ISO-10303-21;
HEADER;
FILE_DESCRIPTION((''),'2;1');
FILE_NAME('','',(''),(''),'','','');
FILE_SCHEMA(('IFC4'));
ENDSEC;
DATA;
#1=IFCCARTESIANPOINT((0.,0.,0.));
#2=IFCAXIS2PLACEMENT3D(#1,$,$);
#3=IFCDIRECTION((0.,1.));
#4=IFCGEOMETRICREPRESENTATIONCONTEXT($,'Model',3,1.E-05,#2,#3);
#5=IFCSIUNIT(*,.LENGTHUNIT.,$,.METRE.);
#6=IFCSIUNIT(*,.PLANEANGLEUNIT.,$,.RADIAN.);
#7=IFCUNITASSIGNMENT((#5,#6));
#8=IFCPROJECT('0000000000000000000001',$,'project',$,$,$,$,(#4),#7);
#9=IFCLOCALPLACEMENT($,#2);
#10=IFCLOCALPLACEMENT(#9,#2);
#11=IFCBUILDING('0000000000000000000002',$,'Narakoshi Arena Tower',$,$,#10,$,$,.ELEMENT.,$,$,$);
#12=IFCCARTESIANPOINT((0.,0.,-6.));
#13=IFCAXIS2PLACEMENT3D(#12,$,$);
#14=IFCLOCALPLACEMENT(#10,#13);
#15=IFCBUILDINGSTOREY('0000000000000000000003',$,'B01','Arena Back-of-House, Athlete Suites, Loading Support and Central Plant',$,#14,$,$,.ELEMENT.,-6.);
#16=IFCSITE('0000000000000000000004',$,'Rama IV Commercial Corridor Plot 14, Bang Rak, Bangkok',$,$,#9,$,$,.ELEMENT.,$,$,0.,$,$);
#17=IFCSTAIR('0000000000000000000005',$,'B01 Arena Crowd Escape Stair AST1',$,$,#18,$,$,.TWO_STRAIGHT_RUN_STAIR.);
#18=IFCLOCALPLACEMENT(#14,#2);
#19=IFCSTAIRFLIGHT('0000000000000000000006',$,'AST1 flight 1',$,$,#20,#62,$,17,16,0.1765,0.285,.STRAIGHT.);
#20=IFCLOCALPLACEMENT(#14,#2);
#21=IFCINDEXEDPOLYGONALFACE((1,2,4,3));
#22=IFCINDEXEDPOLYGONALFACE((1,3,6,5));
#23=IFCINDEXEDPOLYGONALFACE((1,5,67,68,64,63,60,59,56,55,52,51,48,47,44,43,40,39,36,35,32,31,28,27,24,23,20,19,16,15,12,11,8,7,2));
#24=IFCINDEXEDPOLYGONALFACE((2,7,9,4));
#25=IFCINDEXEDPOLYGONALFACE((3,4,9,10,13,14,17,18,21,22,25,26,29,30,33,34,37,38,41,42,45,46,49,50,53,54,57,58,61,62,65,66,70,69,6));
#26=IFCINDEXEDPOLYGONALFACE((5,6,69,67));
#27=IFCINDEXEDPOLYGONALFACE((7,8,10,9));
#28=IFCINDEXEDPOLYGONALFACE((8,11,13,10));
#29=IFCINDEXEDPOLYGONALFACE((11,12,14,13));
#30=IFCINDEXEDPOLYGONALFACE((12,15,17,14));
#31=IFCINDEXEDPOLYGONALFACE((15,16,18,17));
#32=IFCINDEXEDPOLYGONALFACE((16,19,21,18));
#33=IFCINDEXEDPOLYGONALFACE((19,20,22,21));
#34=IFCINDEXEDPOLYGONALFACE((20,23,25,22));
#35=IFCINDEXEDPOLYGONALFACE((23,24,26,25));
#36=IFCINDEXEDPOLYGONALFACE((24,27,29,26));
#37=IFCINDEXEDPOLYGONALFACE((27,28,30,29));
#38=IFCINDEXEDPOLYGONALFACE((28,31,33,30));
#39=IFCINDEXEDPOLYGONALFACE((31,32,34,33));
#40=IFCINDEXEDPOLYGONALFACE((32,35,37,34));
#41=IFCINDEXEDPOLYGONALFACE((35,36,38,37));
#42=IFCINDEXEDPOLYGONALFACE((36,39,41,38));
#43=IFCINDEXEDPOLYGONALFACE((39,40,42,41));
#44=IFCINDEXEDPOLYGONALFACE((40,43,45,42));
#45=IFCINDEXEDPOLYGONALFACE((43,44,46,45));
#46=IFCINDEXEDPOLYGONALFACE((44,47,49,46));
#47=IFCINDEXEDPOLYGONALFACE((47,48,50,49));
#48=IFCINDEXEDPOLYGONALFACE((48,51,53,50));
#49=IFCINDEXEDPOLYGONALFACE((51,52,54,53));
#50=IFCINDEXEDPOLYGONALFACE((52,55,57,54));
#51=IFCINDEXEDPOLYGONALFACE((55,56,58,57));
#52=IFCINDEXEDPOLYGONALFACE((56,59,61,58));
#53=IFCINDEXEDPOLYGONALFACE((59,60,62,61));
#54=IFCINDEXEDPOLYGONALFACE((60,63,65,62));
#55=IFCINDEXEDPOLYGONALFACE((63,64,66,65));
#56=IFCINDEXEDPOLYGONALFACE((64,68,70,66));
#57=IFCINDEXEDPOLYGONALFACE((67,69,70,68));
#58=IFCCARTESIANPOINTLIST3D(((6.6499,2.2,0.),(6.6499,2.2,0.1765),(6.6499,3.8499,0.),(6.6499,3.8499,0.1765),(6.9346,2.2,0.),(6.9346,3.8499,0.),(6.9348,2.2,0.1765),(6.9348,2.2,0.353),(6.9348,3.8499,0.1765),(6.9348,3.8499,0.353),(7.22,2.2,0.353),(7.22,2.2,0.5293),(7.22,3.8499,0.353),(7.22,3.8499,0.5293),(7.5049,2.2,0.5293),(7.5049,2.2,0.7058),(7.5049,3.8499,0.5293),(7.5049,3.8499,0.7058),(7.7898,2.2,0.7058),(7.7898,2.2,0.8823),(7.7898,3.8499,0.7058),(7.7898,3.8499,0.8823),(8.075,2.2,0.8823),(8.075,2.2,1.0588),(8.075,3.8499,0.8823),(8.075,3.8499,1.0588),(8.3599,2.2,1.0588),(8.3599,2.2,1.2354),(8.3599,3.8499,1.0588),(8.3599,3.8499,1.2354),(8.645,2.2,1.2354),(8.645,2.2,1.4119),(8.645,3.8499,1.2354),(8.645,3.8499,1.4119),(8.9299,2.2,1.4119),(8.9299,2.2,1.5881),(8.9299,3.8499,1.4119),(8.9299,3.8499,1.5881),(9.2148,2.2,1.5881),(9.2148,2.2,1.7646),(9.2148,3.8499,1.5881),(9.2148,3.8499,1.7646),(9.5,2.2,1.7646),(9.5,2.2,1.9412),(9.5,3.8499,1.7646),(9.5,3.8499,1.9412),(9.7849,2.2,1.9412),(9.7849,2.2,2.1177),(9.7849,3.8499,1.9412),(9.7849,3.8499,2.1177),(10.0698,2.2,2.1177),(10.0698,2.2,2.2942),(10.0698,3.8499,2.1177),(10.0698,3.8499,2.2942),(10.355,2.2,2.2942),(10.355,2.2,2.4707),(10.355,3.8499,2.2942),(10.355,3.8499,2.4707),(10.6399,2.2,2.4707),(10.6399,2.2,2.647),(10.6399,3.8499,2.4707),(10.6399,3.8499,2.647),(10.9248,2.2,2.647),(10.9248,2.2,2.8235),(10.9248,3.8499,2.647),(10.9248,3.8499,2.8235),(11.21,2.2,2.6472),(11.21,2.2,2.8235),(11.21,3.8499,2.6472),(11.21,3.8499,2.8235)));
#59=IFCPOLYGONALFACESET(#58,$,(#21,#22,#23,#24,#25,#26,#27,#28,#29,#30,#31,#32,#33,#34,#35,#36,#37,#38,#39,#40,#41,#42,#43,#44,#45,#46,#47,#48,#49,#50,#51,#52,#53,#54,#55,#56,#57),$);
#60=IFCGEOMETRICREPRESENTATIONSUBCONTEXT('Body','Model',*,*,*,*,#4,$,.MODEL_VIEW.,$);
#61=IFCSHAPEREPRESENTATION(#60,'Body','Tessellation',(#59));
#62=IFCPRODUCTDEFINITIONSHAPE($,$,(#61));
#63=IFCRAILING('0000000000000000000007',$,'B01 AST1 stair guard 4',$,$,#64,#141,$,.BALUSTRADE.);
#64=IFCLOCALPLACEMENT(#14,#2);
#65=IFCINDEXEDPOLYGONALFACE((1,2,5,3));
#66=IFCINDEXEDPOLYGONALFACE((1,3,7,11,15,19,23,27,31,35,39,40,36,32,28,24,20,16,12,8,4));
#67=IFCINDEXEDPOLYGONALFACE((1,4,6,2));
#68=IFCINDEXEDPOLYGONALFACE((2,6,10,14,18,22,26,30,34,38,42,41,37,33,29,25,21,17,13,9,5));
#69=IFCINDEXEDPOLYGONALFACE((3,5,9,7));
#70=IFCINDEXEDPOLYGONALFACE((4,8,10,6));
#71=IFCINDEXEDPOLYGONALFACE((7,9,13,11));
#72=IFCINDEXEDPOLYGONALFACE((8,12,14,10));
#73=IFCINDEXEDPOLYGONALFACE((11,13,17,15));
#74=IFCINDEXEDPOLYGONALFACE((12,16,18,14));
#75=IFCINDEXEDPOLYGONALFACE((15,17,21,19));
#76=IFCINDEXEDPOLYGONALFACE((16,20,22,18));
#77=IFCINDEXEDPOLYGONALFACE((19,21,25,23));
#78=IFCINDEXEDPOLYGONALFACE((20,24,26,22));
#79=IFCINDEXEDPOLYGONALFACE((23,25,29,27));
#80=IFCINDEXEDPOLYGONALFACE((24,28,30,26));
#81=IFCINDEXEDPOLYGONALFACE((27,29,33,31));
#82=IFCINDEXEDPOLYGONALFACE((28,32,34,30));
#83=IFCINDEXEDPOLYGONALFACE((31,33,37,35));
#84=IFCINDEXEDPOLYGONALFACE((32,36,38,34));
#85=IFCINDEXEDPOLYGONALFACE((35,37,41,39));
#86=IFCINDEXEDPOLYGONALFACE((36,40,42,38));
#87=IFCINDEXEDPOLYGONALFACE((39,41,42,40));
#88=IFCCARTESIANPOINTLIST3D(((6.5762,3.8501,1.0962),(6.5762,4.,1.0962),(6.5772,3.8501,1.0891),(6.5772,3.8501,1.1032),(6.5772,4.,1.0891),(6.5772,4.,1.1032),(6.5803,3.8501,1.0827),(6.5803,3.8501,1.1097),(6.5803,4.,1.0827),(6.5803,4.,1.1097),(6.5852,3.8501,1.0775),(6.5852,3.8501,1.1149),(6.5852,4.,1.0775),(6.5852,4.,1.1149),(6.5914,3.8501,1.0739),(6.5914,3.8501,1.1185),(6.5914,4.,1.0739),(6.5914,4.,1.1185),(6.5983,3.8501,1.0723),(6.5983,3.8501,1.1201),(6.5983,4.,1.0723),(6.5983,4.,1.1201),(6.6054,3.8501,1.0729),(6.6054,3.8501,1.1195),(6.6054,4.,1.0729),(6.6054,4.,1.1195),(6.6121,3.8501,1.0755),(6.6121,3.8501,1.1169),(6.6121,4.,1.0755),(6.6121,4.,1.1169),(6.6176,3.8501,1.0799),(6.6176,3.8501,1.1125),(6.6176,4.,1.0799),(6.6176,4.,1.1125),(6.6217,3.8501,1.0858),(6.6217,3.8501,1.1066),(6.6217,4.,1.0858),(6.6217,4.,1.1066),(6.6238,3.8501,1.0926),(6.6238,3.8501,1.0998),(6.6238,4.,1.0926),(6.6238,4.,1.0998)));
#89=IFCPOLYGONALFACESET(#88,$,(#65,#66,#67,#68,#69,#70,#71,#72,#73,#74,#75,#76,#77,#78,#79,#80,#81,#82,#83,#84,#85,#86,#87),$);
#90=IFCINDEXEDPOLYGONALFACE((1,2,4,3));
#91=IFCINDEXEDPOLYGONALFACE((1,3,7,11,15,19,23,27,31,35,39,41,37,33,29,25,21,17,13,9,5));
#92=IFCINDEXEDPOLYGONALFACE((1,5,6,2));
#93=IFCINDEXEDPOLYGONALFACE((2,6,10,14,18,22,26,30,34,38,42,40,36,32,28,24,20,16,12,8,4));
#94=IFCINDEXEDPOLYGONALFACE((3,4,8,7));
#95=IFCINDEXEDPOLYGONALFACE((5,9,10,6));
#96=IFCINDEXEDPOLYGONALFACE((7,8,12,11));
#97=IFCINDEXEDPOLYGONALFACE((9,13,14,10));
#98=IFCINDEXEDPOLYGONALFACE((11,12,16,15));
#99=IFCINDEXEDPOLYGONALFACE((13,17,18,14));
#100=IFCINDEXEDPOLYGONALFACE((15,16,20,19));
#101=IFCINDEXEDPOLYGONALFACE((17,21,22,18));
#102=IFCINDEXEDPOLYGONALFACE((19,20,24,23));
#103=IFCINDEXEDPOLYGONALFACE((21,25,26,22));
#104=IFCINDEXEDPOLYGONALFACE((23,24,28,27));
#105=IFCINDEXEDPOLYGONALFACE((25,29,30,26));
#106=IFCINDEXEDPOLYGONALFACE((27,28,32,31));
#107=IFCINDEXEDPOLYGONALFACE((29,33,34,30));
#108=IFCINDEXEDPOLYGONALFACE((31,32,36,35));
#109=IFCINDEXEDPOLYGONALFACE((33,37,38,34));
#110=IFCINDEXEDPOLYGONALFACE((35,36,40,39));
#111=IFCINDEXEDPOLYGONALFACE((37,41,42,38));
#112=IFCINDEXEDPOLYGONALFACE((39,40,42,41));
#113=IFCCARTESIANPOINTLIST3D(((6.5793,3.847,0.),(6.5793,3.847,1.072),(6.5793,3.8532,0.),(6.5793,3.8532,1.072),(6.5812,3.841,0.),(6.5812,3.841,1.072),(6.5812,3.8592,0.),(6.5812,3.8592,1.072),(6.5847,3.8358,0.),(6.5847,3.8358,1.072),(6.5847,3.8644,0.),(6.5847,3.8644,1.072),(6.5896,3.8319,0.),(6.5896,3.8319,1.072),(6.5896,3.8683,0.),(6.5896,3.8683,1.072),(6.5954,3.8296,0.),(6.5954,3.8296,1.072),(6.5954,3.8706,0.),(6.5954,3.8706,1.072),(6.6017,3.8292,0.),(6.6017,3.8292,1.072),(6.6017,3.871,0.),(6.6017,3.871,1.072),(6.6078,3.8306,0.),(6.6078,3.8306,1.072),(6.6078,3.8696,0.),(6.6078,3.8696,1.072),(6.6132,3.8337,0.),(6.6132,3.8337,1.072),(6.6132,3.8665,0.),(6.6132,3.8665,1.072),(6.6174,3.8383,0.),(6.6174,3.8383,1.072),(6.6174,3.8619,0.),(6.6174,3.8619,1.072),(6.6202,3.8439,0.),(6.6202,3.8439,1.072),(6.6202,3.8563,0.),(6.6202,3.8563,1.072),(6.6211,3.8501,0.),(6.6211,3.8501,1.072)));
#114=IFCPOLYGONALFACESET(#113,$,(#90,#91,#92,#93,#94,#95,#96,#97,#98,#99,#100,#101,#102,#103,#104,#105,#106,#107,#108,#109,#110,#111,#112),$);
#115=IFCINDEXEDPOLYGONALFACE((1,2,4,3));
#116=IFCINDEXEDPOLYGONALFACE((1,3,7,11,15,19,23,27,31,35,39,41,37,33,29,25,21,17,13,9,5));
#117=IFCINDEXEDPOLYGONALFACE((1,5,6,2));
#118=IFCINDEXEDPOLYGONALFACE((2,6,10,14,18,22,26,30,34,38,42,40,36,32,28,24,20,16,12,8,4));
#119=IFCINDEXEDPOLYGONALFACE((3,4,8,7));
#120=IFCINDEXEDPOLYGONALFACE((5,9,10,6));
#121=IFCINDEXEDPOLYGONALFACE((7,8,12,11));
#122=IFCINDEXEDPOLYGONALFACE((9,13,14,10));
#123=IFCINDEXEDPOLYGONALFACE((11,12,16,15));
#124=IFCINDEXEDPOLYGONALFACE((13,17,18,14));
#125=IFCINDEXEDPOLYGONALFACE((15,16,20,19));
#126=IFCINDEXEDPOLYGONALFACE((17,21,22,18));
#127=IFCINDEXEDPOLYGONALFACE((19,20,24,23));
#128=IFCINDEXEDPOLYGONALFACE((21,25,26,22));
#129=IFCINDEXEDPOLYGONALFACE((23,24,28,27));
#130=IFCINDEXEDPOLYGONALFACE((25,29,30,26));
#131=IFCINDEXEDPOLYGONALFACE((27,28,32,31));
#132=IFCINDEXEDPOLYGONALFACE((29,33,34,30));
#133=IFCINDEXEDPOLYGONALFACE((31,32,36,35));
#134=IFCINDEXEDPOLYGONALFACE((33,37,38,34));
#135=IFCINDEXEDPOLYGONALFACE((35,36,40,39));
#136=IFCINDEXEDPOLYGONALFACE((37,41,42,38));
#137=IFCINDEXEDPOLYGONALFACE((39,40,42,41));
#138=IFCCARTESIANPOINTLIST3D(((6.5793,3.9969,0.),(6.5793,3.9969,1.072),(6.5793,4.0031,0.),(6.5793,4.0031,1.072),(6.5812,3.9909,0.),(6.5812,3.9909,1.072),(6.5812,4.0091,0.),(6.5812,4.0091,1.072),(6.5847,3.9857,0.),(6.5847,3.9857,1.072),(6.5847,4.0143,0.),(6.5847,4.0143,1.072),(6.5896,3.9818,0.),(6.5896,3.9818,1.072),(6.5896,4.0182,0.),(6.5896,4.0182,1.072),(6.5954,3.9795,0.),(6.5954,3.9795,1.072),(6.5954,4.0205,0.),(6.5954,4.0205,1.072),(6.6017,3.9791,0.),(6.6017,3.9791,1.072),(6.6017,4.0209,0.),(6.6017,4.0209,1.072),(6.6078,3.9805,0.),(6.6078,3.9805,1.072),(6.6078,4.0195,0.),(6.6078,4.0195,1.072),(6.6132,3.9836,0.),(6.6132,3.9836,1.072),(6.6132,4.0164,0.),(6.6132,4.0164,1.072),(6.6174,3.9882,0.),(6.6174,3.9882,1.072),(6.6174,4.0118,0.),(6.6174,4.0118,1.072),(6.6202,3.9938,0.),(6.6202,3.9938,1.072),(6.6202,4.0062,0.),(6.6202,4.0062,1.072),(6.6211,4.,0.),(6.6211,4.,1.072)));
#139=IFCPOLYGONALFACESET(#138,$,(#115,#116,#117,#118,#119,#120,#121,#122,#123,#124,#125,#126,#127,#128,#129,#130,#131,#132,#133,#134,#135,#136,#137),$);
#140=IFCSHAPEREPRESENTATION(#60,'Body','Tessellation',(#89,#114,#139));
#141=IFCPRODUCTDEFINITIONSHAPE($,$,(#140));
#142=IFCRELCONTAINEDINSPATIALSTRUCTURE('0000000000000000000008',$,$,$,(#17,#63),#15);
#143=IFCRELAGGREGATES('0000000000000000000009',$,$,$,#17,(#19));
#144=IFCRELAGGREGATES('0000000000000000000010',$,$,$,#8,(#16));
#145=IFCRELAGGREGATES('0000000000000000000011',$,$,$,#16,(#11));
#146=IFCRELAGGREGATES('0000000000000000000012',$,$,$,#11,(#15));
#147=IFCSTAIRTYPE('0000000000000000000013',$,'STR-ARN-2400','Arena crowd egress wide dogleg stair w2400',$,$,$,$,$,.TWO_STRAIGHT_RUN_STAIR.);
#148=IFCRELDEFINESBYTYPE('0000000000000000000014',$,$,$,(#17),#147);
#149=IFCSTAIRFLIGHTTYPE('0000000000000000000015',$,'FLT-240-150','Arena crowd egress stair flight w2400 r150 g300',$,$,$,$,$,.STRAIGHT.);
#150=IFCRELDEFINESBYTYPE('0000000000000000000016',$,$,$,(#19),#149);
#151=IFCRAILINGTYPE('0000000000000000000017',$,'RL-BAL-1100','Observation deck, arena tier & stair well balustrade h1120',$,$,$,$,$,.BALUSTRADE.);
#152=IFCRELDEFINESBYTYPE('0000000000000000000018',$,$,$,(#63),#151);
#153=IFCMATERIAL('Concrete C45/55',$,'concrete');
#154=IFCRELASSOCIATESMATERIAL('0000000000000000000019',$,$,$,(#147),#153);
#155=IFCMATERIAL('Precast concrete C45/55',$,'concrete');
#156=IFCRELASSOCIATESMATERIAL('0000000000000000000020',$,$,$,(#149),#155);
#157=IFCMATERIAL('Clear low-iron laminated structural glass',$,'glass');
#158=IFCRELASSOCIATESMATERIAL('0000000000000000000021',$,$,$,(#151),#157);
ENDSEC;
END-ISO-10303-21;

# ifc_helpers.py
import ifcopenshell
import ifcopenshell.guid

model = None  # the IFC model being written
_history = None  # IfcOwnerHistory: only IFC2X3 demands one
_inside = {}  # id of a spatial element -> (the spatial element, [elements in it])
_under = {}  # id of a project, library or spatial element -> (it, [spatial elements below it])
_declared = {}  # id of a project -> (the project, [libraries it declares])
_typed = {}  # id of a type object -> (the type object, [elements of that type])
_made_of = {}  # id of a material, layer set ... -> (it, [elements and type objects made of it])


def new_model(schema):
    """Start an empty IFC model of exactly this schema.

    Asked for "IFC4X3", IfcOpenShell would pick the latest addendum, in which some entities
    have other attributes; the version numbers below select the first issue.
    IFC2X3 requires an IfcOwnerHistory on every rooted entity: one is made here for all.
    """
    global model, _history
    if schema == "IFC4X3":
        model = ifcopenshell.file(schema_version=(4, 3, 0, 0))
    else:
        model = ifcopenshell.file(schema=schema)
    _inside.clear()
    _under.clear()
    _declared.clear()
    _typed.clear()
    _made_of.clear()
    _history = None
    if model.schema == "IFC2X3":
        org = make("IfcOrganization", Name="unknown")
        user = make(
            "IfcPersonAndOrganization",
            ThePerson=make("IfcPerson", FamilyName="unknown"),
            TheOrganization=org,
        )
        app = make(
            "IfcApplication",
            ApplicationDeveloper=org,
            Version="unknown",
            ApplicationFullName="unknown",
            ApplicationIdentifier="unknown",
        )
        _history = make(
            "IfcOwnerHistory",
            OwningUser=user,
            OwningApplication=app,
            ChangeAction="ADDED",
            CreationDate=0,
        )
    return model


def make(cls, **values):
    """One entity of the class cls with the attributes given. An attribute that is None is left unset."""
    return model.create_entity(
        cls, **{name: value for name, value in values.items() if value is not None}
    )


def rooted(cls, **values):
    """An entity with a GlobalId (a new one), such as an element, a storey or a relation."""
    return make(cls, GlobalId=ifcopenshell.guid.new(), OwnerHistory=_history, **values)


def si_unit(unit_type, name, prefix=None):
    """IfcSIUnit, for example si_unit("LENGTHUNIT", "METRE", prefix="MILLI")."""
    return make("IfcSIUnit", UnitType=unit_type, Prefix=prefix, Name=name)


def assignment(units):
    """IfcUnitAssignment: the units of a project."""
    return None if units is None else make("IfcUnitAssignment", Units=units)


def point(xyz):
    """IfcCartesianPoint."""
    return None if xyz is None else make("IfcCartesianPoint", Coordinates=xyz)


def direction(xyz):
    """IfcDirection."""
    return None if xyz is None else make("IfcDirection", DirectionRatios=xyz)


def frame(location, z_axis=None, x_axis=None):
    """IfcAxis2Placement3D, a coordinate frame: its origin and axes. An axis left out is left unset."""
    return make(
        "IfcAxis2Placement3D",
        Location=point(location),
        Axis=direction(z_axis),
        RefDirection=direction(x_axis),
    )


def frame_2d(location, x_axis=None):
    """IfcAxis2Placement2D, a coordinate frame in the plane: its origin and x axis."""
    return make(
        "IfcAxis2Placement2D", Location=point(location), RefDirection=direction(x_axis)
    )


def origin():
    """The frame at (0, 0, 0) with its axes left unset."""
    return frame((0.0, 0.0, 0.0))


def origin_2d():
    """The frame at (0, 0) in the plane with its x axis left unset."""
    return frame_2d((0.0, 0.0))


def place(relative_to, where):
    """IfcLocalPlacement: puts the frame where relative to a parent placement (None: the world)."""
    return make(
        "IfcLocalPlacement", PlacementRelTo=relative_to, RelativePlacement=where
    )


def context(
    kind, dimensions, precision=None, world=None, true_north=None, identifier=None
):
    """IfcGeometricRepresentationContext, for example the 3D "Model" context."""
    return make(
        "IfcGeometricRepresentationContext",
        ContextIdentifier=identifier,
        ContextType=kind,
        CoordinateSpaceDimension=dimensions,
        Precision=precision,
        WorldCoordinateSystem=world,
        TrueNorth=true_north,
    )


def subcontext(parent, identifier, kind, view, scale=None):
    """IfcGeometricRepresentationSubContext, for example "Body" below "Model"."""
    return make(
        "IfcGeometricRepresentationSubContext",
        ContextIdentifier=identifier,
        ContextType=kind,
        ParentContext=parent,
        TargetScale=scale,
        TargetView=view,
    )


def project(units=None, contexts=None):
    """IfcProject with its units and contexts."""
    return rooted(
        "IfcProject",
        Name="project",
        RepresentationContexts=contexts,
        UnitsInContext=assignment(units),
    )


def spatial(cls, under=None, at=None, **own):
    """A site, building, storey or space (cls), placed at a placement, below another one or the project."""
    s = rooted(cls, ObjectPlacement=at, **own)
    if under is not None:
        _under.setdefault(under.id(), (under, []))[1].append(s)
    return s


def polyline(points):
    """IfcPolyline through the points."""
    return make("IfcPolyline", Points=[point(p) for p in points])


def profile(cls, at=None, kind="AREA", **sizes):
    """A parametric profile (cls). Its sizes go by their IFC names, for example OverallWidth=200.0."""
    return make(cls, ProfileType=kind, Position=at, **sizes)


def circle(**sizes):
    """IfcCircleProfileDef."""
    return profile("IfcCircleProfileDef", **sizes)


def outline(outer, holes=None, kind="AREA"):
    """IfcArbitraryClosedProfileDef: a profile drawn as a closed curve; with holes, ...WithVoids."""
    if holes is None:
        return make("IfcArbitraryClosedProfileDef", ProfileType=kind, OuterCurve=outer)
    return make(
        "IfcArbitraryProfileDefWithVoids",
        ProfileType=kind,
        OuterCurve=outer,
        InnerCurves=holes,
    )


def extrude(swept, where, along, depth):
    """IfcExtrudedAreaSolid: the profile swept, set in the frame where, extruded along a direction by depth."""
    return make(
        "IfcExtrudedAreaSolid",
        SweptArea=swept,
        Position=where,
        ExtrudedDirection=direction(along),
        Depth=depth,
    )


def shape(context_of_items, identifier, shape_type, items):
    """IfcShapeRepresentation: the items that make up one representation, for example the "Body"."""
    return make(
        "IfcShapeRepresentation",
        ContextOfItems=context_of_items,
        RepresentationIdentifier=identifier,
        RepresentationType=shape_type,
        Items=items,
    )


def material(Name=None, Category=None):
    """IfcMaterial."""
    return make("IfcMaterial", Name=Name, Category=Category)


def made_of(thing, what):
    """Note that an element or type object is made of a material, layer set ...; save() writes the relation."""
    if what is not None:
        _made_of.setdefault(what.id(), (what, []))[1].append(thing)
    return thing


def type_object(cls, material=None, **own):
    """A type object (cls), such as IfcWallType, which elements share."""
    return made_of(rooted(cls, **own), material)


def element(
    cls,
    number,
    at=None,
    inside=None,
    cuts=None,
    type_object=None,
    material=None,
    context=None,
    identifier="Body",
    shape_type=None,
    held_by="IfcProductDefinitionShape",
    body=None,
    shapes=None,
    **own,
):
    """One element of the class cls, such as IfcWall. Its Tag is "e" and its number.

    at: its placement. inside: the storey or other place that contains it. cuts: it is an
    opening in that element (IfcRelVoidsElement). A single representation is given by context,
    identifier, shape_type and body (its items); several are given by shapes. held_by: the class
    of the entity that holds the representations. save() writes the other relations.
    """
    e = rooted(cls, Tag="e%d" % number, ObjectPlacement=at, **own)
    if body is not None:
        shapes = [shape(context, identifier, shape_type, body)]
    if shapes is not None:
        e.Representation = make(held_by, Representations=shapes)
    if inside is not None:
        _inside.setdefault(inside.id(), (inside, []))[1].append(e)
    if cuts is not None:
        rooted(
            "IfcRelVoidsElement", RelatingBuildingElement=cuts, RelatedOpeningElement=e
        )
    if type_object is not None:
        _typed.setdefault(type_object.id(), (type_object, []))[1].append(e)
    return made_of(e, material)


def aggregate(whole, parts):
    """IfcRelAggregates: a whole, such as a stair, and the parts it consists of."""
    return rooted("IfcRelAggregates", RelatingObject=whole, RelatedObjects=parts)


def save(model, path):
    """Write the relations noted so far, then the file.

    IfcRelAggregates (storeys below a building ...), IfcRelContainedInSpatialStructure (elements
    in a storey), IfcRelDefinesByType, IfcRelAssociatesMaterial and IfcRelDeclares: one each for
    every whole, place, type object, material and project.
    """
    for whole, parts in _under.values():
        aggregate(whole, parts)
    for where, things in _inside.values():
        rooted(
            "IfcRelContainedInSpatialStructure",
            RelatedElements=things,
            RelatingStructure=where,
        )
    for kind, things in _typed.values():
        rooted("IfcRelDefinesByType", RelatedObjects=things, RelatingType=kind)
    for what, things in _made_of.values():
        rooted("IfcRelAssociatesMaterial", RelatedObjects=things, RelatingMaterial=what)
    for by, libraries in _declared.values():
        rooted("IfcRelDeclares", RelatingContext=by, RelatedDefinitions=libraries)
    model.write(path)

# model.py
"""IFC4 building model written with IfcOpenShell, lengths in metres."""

from ifc_helpers import new_model, si_unit, direction, frame, origin, origin_2d, place, context, subcontext, project, spatial, polyline, circle, outline, extrude, material, type_object, element, aggregate, save


model = new_model("IFC4")

# Units and contexts
model_context = context("Model", 3, precision=1e-05, world=origin(), true_north=direction((0.0, 1.0)))
body_context = subcontext(model_context, "Body", "Model", "MODEL_VIEW")
ifc_project = project(units=[si_unit("LENGTHUNIT", "METRE"), si_unit("PLANEANGLEUNIT", "RADIAN")], contexts=[model_context])

# Site, building, storey
site_placement = place(None, origin())
site = spatial("IfcSite", under=ifc_project, at=site_placement, Name="Rama IV Commercial Corridor Plot 14, Bang Rak, Bangkok", CompositionType="ELEMENT", RefElevation=0.0)
building_placement = place(site_placement, origin())
building = spatial("IfcBuilding", under=site, at=building_placement, Name="Narakoshi Arena Tower", CompositionType="ELEMENT")
storey_placement = place(building_placement, frame((0.0, 0.0, -6.0)))
storey = spatial("IfcBuildingStorey", under=building, at=storey_placement, Name="B01", Description="Arena Back-of-House, Athlete Suites, Loading Support and Central Plant", CompositionType="ELEMENT", Elevation=-6.0)

# Shared definitions
ifc_material_1 = material(Name="Concrete C45/55", Category="concrete")

# Stair
stair_type_1 = type_object("IfcStairType", Name="STR-ARN-2400", Description="Arena crowd egress wide dogleg stair w2400", PredefinedType="TWO_STRAIGHT_RUN_STAIR", material=ifc_material_1)
stair_1_placement = place(storey_placement, origin())
stair_1 = element("IfcStair", 1, at=stair_1_placement, inside=storey, type_object=stair_type_1, Name="B01 Arena Crowd Escape Stair AST1", PredefinedType="TWO_STRAIGHT_RUN_STAIR")

# Stair flight
ifc_material_2 = material(Name="Precast concrete C45/55", Category="concrete")
stair_flight_type = type_object("IfcStairFlightType", Name="FLT-240-150", Description="Arena crowd egress stair flight w2400 r150 g300", PredefinedType="STRAIGHT", material=ifc_material_2)
stair_flight_placement = place(storey_placement, frame((6.6499, 3.0249, 0.0), z_axis=(0.0, 0.0, 1.0), x_axis=(1.0, 0.0, 0.0)))
stair_flight = element("IfcStairFlight", 2, at=stair_flight_placement, type_object=stair_flight_type, Name="AST1 flight 1", NumberOfRisers=17, NumberOfTreads=16, PredefinedType="STRAIGHT", RiserHeight=0.1765, TreadLength=0.285, context=body_context, shape_type="SweptSolid", body=[
    extrude(outline(polyline([(0.0, 0.0), (0.0, 0.1765), (0.2849, 0.1765), (0.2849, 0.353), (0.5701, 0.353), (0.5701, 0.5293), (0.855, 0.5293), (0.855, 0.7058), (1.1399, 0.7058), (1.1399, 0.8823), (1.425, 0.8823), (1.425, 1.0588), (1.71, 1.0588), (1.71, 1.2354), (1.9951, 1.2354), (1.9951, 1.4119), (2.28, 1.4119), (2.28, 1.5881), (2.5649, 1.5881), (2.5649, 1.7646), (2.8501, 1.7646), (2.8501, 1.9412), (3.135, 1.9412), (3.135, 2.1177), (3.4199, 2.1177), (3.4199, 2.2942), (3.7051, 2.2942), (3.7051, 2.4707), (3.99, 2.4707), (3.99, 2.647), (4.2749, 2.647), (4.2749, 2.8235), (4.5601, 2.8235), (4.5601, 3.0), (4.5601, 2.6472), (0.2847, 0.0), (0.0, 0.0)])), frame((0.0, 0.825, 0.0), z_axis=(0.0, -1.0, 0.0), x_axis=(1.0, 0.0, 0.0)), (0.0, 0.0, 1.0), 1.6499),
])
aggregate(stair_1, [stair_flight])

# Railing
ifc_material_3 = material(Name="Clear low-iron laminated structural glass", Category="glass")
railing_type_1 = type_object("IfcRailingType", Name="RL-BAL-1100", Description="Observation deck, arena tier & stair well balustrade h1120", PredefinedType="BALUSTRADE", material=ifc_material_3)
railing_1_placement = place(storey_placement, frame((6.6001, 3.8501, 0.0)))
element("IfcRailing", 3, at=railing_1_placement, inside=storey, type_object=railing_type_1, Name="B01 AST1 stair guard 4", PredefinedType="BALUSTRADE", context=body_context, shape_type="SweptSolid", body=[
    extrude(circle(Radius=0.0239, at=origin_2d()), frame((0.0, 0.0, 1.0962), z_axis=(0.0, 1.0, 0.0), x_axis=(-1.0, 0.0, 0.0)), (0.0, 0.0, 1.0), 0.1499),
    extrude(circle(Radius=0.021, at=origin_2d()), origin(), (0.0, 0.0, 1.0), 1.072),
    extrude(circle(Radius=0.021, at=origin_2d()), frame((0.0, 0.1499, 0.0)), (0.0, 0.0, 1.0), 1.072),
])

save(model, "model.ifc")
